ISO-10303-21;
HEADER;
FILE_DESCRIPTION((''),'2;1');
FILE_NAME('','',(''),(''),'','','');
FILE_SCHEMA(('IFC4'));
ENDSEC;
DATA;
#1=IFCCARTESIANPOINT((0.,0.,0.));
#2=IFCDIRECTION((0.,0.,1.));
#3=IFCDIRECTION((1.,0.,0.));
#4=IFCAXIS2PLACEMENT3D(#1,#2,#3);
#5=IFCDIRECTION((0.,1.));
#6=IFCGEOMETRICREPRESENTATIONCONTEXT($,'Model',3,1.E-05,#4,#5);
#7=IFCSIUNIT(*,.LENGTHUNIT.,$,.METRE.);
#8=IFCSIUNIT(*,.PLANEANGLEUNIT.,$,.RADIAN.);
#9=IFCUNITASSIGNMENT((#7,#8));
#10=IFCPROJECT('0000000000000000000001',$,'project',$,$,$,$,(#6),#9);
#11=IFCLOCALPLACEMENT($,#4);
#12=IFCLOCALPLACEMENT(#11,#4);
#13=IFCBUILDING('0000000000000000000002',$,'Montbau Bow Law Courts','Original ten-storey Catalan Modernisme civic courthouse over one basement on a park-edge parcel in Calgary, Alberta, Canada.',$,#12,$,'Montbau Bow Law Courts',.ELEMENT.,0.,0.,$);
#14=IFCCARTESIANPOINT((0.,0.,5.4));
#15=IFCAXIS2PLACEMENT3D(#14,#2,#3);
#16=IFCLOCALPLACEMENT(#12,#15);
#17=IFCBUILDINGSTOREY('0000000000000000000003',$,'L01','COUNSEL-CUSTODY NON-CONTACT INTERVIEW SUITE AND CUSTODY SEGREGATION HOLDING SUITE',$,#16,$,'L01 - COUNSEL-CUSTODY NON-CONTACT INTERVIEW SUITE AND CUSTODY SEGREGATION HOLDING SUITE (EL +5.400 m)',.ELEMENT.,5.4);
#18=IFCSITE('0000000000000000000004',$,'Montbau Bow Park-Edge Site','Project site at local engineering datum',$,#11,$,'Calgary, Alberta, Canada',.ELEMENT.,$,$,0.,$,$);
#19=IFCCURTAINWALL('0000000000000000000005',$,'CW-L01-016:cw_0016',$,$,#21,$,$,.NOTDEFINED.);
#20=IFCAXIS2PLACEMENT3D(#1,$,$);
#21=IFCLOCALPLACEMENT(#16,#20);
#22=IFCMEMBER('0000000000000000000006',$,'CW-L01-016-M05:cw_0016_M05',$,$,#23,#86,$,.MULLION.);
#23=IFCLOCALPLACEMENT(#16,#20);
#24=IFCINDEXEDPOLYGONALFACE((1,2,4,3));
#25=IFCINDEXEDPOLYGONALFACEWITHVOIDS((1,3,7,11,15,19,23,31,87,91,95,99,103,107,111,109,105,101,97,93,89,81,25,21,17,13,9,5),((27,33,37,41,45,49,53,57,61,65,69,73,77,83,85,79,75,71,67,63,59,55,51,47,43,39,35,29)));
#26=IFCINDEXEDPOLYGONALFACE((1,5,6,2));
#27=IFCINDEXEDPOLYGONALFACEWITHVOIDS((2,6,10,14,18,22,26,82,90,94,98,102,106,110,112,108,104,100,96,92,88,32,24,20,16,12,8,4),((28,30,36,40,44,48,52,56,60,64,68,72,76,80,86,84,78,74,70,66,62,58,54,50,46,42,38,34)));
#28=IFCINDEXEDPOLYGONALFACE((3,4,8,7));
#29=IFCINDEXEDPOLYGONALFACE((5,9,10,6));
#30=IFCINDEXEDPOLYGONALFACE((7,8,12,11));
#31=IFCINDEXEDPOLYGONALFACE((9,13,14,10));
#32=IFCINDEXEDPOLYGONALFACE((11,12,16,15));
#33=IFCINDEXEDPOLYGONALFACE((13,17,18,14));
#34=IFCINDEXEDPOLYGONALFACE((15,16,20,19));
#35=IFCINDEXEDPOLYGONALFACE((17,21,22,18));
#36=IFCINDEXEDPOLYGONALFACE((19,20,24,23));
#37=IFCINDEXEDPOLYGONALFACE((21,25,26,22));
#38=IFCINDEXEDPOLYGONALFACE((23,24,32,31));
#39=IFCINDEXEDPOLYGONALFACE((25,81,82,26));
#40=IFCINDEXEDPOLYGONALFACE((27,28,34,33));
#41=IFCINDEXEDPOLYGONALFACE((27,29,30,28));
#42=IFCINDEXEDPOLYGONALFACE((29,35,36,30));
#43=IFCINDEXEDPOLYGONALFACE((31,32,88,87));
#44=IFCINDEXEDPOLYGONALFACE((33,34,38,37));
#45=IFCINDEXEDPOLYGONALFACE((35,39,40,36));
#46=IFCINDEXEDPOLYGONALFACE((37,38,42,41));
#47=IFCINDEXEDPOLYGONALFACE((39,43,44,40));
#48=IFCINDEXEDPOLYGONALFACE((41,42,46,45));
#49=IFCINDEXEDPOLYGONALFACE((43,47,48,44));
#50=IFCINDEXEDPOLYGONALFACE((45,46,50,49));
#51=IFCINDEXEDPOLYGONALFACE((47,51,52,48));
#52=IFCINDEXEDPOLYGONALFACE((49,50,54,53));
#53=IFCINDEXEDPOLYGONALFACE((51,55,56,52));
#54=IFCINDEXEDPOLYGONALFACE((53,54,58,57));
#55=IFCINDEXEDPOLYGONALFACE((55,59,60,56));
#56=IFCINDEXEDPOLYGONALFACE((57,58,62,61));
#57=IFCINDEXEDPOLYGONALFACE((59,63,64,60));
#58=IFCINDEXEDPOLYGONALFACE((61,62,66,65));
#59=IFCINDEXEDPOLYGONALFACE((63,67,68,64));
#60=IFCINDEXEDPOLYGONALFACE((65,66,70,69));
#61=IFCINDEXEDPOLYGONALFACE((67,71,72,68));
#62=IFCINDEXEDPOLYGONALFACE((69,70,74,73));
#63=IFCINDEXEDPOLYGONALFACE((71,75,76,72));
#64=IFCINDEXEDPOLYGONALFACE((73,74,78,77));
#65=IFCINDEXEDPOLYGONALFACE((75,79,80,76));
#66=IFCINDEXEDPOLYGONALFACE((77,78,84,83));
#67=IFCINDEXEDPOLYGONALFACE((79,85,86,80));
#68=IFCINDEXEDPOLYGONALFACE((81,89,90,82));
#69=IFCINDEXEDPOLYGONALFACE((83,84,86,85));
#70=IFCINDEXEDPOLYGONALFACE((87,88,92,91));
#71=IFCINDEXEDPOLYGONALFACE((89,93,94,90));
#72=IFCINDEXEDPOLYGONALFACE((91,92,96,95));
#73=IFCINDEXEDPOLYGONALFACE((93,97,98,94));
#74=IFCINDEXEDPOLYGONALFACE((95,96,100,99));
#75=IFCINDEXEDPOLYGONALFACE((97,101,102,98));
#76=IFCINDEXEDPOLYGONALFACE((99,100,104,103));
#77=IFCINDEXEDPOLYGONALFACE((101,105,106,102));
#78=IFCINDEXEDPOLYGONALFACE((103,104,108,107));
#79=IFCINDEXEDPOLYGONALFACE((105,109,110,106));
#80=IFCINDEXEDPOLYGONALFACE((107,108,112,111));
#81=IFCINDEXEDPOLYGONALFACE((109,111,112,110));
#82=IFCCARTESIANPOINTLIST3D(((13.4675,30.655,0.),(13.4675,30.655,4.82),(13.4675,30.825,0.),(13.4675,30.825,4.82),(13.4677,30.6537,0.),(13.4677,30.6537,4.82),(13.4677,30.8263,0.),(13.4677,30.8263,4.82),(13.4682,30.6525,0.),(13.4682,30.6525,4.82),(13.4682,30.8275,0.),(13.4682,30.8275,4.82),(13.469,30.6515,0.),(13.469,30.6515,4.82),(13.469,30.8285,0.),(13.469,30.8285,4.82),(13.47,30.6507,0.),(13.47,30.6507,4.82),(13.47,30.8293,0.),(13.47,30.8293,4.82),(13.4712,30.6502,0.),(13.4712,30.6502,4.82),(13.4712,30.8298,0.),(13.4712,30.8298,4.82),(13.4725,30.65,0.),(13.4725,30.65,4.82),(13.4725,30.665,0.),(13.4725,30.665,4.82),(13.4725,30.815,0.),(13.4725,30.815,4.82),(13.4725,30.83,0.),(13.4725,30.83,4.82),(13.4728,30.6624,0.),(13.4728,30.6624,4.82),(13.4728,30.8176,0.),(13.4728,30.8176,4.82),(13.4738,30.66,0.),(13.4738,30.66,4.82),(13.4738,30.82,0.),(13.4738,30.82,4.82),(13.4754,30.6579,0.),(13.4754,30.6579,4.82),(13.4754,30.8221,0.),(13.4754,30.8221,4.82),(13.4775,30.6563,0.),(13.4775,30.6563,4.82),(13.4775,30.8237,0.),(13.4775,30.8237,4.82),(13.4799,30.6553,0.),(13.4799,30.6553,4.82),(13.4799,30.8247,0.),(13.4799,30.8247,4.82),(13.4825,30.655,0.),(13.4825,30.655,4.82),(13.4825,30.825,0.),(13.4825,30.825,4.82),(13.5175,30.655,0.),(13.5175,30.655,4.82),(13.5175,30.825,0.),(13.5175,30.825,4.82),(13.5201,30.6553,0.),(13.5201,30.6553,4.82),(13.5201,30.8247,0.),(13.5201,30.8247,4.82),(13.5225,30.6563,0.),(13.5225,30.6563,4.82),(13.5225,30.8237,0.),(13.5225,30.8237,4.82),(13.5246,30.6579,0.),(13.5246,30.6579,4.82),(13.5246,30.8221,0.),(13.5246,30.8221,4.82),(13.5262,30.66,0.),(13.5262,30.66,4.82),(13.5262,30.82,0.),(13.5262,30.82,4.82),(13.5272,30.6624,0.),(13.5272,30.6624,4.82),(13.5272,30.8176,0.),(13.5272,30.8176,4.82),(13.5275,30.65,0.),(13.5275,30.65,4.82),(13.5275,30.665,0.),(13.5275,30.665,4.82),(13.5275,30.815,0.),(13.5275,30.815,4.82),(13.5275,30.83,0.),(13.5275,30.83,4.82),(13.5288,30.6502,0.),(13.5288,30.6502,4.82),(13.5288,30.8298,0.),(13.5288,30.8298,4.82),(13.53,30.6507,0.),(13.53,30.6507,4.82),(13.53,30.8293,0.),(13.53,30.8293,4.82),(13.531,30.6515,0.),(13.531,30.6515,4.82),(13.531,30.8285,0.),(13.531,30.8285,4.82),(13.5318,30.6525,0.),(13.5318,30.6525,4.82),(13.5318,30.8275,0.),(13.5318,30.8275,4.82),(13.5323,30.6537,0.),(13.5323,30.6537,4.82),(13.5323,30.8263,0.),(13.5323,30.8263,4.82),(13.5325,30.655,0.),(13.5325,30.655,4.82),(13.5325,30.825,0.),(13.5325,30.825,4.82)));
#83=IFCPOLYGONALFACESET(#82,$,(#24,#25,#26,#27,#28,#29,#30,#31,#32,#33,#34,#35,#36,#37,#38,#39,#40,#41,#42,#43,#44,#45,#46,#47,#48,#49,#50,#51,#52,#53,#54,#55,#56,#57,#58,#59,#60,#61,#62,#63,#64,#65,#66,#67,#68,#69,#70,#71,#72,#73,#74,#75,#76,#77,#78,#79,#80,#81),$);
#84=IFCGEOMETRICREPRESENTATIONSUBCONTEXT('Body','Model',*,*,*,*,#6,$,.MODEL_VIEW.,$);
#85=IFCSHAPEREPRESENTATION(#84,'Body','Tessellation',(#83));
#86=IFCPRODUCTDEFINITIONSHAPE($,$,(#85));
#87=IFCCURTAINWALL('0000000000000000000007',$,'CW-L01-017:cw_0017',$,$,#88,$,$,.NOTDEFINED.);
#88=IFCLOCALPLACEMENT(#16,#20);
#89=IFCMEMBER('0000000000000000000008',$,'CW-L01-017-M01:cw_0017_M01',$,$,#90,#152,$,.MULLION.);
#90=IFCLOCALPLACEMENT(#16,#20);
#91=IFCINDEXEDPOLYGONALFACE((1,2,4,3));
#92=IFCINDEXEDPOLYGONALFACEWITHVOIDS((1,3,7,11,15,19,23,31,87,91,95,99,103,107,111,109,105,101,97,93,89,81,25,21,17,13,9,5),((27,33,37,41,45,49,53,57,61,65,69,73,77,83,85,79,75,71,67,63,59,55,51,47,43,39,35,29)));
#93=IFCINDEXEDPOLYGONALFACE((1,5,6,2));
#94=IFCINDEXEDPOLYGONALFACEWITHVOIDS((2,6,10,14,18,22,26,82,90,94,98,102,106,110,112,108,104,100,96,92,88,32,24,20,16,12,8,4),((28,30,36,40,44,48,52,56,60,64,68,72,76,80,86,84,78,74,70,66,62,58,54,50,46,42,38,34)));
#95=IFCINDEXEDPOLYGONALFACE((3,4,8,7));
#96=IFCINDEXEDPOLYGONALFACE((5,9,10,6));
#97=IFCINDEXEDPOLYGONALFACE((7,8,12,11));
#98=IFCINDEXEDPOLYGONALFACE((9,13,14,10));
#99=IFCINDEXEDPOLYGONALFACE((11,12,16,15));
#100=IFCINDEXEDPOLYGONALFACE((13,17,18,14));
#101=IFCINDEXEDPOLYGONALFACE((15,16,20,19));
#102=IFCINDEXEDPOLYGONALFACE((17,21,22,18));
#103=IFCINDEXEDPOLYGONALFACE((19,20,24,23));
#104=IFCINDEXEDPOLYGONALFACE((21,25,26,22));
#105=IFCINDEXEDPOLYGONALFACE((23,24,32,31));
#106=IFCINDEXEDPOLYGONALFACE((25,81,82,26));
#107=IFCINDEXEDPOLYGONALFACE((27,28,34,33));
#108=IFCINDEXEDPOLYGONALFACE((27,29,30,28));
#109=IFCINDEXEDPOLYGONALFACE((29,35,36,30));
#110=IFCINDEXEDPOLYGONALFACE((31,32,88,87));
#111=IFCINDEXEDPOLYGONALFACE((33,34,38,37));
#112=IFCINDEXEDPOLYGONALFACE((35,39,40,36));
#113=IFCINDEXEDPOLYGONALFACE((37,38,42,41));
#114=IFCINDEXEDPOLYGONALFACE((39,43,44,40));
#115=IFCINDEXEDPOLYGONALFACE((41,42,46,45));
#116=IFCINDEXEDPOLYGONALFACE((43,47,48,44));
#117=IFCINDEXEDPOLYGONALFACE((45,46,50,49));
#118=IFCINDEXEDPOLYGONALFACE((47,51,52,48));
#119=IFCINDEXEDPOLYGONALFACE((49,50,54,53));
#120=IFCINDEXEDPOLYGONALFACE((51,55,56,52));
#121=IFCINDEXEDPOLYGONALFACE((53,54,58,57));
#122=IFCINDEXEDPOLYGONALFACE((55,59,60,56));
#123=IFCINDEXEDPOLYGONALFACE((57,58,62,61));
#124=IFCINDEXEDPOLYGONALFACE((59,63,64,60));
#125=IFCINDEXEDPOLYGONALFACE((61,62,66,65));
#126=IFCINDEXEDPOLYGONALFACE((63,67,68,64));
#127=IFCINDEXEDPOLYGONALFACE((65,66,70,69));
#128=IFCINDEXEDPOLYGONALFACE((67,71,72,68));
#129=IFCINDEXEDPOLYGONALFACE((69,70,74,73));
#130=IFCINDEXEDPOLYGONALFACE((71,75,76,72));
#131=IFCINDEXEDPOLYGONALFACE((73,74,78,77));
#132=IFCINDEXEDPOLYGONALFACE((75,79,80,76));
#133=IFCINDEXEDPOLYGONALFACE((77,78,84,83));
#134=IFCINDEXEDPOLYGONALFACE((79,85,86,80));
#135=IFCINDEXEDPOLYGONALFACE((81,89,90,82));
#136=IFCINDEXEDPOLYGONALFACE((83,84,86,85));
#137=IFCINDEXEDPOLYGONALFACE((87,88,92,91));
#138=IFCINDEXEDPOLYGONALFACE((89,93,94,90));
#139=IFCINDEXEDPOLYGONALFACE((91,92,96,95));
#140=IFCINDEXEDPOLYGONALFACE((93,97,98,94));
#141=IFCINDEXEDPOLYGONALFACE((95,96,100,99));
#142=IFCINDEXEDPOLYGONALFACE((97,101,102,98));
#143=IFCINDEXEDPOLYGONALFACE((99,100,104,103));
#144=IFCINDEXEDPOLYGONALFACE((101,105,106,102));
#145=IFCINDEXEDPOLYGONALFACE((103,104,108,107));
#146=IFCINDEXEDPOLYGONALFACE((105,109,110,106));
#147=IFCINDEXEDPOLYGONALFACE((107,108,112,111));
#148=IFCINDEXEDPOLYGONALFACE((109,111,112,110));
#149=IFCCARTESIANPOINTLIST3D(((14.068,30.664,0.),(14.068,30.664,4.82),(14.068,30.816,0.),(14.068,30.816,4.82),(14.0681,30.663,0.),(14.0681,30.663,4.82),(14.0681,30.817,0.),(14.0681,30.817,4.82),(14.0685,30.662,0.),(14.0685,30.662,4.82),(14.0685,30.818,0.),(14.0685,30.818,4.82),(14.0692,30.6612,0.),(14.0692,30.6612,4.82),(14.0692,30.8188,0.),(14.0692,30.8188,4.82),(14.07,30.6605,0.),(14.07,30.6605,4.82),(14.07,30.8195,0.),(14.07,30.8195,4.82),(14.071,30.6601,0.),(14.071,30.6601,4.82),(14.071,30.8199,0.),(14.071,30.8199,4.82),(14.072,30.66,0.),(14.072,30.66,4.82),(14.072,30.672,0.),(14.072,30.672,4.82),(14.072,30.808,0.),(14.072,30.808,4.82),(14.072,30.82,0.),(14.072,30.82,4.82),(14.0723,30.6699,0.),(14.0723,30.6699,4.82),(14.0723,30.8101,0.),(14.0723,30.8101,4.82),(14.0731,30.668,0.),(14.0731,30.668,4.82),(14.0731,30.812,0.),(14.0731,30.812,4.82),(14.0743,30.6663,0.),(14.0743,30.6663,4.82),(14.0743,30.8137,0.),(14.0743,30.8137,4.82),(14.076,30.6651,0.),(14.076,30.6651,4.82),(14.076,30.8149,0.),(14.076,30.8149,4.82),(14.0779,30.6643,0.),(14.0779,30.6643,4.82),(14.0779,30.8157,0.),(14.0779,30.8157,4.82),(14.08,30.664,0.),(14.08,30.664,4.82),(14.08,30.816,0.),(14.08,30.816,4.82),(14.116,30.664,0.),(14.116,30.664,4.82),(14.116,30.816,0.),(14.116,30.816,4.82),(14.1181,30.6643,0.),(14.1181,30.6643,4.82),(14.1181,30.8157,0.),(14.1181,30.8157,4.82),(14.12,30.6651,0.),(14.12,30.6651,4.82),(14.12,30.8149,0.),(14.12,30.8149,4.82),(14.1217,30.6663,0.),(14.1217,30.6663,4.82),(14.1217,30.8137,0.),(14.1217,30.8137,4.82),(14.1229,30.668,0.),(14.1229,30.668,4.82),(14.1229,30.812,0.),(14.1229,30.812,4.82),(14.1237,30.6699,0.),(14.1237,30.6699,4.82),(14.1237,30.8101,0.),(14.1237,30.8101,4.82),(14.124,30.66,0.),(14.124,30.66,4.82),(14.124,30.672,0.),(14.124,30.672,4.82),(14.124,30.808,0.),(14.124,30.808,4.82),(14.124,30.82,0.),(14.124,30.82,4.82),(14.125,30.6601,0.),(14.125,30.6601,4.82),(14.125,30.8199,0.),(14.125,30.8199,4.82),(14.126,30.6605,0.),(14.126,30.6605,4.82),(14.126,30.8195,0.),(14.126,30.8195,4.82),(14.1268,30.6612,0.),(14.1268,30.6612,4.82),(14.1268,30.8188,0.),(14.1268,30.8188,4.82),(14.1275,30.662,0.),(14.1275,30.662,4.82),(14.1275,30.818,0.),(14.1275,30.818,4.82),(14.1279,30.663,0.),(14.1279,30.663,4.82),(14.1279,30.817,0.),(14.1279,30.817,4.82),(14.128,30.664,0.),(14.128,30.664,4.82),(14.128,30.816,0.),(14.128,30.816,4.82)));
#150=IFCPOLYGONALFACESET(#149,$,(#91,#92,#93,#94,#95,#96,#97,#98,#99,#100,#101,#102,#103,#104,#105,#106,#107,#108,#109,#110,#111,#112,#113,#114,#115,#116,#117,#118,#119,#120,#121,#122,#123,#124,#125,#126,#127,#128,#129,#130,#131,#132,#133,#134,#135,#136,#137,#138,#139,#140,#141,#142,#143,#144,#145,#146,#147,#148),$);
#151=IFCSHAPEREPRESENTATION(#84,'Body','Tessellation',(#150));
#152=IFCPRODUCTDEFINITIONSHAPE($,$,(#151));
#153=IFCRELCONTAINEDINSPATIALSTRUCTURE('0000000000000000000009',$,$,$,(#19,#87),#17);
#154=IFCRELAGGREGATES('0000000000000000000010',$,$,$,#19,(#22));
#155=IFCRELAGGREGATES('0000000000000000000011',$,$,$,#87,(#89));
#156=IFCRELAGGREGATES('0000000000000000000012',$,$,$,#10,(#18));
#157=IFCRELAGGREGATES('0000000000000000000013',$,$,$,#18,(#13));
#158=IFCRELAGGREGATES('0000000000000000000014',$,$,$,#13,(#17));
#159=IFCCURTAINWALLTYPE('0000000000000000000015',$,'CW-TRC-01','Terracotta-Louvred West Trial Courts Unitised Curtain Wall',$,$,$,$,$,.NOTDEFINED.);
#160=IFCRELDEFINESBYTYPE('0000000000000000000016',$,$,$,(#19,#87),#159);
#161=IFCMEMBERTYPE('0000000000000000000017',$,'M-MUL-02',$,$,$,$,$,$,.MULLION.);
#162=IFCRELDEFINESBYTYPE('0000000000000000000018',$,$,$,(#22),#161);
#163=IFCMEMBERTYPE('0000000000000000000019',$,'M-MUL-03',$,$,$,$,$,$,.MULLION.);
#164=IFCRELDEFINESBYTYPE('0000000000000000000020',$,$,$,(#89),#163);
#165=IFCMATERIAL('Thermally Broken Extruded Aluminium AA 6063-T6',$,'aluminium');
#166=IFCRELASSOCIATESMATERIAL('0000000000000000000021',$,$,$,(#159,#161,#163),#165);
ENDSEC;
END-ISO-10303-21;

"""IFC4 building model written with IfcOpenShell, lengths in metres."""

from ifc_helpers import new_model, si_unit, direction, frame, origin_with_axes, origin_2d_with_axis, place, context, subcontext, project, spatial, hollow_rectangle, extrude, material, material_profile, profile_set, type_object, element, aggregate, save


model = new_model("IFC4")

# Units and contexts
model_context = context("Model", 3, precision=1e-05, world=origin_with_axes(), true_north=direction((0.0, 1.0)))
body_context = subcontext(model_context, "Body", "Model", "MODEL_VIEW")
ifc_project = project(units=[si_unit("LENGTHUNIT", "METRE"), si_unit("PLANEANGLEUNIT", "RADIAN")], contexts=[model_context])

# Site, building, storey
site_placement = place(None, origin_with_axes())
site = spatial("IfcSite", under=ifc_project, at=site_placement, Name="Montbau Bow Park-Edge Site", Description="Project site at local engineering datum", LongName="Calgary, Alberta, Canada", CompositionType="ELEMENT", RefElevation=0.0)
building_placement = place(site_placement, origin_with_axes())
building = spatial("IfcBuilding", under=site, at=building_placement, Name="Montbau Bow Law Courts", Description="Original ten-storey Catalan Modernisme civic courthouse over one basement on a park-edge parcel in Calgary, Alberta, Canada.", LongName="Montbau Bow Law Courts", CompositionType="ELEMENT", ElevationOfRefHeight=0.0, ElevationOfTerrain=0.0)
storey_placement = place(building_placement, frame((0.0, 0.0, 5.4), z_axis=(0.0, 0.0, 1.0), x_axis=(1.0, 0.0, 0.0)))
storey = spatial("IfcBuildingStorey", under=building, at=storey_placement, Name="L01", Description="COUNSEL-CUSTODY NON-CONTACT INTERVIEW SUITE AND CUSTODY SEGREGATION HOLDING SUITE", LongName="L01 - COUNSEL-CUSTODY NON-CONTACT INTERVIEW SUITE AND CUSTODY SEGREGATION HOLDING SUITE (EL +5.400 m)", CompositionType="ELEMENT", Elevation=5.4)

# Curtain wall, member
ifc_material_1 = material(Name="Thermally Broken Extruded Aluminium AA 6063-T6", Category="aluminium")
curtain_wall_type = type_object("IfcCurtainWallType", Name="CW-TRC-01", Description="Terracotta-Louvred West Trial Courts Unitised Curtain Wall", PredefinedType="NOTDEFINED", material=ifc_material_1)
curtain_wall_1_placement = place(None, frame((7.315, 30.74, 5.4), z_axis=(0.0, 0.0, 1.0), x_axis=(1.0, 0.0, 0.0)))
curtain_wall_1 = element("IfcCurtainWall", 1, at=curtain_wall_1_placement, inside=storey, type_object=curtain_wall_type, Name="CW-L01-016:cw_0016", PredefinedType="NOTDEFINED")
ifc_material_profile_1 = material_profile(ifc_material_1, hollow_rectangle(XDim=0.065, YDim=0.18, WallThickness=0.005, InnerFilletRadius=0.01, OuterFilletRadius=0.005, at=origin_2d_with_axis()), Name="CWM-180X65", Category="Main", Priority=0)
ifc_profile_set_1 = profile_set([ifc_material_profile_1], Name="Thermally Broken Extruded Aluminium AA 6063-T6")
member_type_1 = type_object("IfcMemberType", Name="M-MUL-02", PredefinedType="MULLION", material=ifc_profile_set_1)
member_1_placement = place(None, frame((13.5, 30.74, 5.4), z_axis=(0.0, 0.0, 1.0), x_axis=(1.0, 0.0, 0.0)))
member_1 = element("IfcMember", 2, at=member_1_placement, type_object=member_type_1, Name="CW-L01-016-M05:cw_0016_M05", PredefinedType="MULLION", context=body_context, shape_type="SweptSolid", body=[
    extrude(hollow_rectangle(XDim=0.065, YDim=0.18, WallThickness=0.005, InnerFilletRadius=0.01, OuterFilletRadius=0.005, at=origin_2d_with_axis()), origin_with_axes(), (0.0, 0.0, 1.0), 4.82),
])

# Curtain wall, member
curtain_wall_2_placement = place(None, frame((14.068, 30.74, 5.4), z_axis=(0.0, 0.0, 1.0), x_axis=(1.0, 0.0, 0.0)))
curtain_wall_2 = element("IfcCurtainWall", 3, at=curtain_wall_2_placement, inside=storey, type_object=curtain_wall_type, Name="CW-L01-017:cw_0017", PredefinedType="NOTDEFINED")
ifc_material_profile_2 = material_profile(ifc_material_1, hollow_rectangle(XDim=0.06, YDim=0.16, WallThickness=0.004, InnerFilletRadius=0.008, OuterFilletRadius=0.004, at=origin_2d_with_axis()), Name="CWM-160X60", Category="Main", Priority=0)
ifc_profile_set_2 = profile_set([ifc_material_profile_2], Name="Thermally Broken Extruded Aluminium AA 6063-T6")
member_type_2 = type_object("IfcMemberType", Name="M-MUL-03", PredefinedType="MULLION", material=ifc_profile_set_2)
member_2_placement = place(None, frame((14.098, 30.74, 5.4), z_axis=(0.0, 0.0, 1.0), x_axis=(1.0, 0.0, 0.0)))
member_2 = element("IfcMember", 4, at=member_2_placement, type_object=member_type_2, Name="CW-L01-017-M01:cw_0017_M01", PredefinedType="MULLION", context=body_context, shape_type="SweptSolid", body=[
    extrude(hollow_rectangle(XDim=0.06, YDim=0.16, WallThickness=0.004, InnerFilletRadius=0.008, OuterFilletRadius=0.004, at=origin_2d_with_axis()), origin_with_axes(), (0.0, 0.0, 1.0), 4.82),
])

aggregate(curtain_wall_1, [member_1])
aggregate(curtain_wall_2, [member_2])

save(model, "model.ifc")
